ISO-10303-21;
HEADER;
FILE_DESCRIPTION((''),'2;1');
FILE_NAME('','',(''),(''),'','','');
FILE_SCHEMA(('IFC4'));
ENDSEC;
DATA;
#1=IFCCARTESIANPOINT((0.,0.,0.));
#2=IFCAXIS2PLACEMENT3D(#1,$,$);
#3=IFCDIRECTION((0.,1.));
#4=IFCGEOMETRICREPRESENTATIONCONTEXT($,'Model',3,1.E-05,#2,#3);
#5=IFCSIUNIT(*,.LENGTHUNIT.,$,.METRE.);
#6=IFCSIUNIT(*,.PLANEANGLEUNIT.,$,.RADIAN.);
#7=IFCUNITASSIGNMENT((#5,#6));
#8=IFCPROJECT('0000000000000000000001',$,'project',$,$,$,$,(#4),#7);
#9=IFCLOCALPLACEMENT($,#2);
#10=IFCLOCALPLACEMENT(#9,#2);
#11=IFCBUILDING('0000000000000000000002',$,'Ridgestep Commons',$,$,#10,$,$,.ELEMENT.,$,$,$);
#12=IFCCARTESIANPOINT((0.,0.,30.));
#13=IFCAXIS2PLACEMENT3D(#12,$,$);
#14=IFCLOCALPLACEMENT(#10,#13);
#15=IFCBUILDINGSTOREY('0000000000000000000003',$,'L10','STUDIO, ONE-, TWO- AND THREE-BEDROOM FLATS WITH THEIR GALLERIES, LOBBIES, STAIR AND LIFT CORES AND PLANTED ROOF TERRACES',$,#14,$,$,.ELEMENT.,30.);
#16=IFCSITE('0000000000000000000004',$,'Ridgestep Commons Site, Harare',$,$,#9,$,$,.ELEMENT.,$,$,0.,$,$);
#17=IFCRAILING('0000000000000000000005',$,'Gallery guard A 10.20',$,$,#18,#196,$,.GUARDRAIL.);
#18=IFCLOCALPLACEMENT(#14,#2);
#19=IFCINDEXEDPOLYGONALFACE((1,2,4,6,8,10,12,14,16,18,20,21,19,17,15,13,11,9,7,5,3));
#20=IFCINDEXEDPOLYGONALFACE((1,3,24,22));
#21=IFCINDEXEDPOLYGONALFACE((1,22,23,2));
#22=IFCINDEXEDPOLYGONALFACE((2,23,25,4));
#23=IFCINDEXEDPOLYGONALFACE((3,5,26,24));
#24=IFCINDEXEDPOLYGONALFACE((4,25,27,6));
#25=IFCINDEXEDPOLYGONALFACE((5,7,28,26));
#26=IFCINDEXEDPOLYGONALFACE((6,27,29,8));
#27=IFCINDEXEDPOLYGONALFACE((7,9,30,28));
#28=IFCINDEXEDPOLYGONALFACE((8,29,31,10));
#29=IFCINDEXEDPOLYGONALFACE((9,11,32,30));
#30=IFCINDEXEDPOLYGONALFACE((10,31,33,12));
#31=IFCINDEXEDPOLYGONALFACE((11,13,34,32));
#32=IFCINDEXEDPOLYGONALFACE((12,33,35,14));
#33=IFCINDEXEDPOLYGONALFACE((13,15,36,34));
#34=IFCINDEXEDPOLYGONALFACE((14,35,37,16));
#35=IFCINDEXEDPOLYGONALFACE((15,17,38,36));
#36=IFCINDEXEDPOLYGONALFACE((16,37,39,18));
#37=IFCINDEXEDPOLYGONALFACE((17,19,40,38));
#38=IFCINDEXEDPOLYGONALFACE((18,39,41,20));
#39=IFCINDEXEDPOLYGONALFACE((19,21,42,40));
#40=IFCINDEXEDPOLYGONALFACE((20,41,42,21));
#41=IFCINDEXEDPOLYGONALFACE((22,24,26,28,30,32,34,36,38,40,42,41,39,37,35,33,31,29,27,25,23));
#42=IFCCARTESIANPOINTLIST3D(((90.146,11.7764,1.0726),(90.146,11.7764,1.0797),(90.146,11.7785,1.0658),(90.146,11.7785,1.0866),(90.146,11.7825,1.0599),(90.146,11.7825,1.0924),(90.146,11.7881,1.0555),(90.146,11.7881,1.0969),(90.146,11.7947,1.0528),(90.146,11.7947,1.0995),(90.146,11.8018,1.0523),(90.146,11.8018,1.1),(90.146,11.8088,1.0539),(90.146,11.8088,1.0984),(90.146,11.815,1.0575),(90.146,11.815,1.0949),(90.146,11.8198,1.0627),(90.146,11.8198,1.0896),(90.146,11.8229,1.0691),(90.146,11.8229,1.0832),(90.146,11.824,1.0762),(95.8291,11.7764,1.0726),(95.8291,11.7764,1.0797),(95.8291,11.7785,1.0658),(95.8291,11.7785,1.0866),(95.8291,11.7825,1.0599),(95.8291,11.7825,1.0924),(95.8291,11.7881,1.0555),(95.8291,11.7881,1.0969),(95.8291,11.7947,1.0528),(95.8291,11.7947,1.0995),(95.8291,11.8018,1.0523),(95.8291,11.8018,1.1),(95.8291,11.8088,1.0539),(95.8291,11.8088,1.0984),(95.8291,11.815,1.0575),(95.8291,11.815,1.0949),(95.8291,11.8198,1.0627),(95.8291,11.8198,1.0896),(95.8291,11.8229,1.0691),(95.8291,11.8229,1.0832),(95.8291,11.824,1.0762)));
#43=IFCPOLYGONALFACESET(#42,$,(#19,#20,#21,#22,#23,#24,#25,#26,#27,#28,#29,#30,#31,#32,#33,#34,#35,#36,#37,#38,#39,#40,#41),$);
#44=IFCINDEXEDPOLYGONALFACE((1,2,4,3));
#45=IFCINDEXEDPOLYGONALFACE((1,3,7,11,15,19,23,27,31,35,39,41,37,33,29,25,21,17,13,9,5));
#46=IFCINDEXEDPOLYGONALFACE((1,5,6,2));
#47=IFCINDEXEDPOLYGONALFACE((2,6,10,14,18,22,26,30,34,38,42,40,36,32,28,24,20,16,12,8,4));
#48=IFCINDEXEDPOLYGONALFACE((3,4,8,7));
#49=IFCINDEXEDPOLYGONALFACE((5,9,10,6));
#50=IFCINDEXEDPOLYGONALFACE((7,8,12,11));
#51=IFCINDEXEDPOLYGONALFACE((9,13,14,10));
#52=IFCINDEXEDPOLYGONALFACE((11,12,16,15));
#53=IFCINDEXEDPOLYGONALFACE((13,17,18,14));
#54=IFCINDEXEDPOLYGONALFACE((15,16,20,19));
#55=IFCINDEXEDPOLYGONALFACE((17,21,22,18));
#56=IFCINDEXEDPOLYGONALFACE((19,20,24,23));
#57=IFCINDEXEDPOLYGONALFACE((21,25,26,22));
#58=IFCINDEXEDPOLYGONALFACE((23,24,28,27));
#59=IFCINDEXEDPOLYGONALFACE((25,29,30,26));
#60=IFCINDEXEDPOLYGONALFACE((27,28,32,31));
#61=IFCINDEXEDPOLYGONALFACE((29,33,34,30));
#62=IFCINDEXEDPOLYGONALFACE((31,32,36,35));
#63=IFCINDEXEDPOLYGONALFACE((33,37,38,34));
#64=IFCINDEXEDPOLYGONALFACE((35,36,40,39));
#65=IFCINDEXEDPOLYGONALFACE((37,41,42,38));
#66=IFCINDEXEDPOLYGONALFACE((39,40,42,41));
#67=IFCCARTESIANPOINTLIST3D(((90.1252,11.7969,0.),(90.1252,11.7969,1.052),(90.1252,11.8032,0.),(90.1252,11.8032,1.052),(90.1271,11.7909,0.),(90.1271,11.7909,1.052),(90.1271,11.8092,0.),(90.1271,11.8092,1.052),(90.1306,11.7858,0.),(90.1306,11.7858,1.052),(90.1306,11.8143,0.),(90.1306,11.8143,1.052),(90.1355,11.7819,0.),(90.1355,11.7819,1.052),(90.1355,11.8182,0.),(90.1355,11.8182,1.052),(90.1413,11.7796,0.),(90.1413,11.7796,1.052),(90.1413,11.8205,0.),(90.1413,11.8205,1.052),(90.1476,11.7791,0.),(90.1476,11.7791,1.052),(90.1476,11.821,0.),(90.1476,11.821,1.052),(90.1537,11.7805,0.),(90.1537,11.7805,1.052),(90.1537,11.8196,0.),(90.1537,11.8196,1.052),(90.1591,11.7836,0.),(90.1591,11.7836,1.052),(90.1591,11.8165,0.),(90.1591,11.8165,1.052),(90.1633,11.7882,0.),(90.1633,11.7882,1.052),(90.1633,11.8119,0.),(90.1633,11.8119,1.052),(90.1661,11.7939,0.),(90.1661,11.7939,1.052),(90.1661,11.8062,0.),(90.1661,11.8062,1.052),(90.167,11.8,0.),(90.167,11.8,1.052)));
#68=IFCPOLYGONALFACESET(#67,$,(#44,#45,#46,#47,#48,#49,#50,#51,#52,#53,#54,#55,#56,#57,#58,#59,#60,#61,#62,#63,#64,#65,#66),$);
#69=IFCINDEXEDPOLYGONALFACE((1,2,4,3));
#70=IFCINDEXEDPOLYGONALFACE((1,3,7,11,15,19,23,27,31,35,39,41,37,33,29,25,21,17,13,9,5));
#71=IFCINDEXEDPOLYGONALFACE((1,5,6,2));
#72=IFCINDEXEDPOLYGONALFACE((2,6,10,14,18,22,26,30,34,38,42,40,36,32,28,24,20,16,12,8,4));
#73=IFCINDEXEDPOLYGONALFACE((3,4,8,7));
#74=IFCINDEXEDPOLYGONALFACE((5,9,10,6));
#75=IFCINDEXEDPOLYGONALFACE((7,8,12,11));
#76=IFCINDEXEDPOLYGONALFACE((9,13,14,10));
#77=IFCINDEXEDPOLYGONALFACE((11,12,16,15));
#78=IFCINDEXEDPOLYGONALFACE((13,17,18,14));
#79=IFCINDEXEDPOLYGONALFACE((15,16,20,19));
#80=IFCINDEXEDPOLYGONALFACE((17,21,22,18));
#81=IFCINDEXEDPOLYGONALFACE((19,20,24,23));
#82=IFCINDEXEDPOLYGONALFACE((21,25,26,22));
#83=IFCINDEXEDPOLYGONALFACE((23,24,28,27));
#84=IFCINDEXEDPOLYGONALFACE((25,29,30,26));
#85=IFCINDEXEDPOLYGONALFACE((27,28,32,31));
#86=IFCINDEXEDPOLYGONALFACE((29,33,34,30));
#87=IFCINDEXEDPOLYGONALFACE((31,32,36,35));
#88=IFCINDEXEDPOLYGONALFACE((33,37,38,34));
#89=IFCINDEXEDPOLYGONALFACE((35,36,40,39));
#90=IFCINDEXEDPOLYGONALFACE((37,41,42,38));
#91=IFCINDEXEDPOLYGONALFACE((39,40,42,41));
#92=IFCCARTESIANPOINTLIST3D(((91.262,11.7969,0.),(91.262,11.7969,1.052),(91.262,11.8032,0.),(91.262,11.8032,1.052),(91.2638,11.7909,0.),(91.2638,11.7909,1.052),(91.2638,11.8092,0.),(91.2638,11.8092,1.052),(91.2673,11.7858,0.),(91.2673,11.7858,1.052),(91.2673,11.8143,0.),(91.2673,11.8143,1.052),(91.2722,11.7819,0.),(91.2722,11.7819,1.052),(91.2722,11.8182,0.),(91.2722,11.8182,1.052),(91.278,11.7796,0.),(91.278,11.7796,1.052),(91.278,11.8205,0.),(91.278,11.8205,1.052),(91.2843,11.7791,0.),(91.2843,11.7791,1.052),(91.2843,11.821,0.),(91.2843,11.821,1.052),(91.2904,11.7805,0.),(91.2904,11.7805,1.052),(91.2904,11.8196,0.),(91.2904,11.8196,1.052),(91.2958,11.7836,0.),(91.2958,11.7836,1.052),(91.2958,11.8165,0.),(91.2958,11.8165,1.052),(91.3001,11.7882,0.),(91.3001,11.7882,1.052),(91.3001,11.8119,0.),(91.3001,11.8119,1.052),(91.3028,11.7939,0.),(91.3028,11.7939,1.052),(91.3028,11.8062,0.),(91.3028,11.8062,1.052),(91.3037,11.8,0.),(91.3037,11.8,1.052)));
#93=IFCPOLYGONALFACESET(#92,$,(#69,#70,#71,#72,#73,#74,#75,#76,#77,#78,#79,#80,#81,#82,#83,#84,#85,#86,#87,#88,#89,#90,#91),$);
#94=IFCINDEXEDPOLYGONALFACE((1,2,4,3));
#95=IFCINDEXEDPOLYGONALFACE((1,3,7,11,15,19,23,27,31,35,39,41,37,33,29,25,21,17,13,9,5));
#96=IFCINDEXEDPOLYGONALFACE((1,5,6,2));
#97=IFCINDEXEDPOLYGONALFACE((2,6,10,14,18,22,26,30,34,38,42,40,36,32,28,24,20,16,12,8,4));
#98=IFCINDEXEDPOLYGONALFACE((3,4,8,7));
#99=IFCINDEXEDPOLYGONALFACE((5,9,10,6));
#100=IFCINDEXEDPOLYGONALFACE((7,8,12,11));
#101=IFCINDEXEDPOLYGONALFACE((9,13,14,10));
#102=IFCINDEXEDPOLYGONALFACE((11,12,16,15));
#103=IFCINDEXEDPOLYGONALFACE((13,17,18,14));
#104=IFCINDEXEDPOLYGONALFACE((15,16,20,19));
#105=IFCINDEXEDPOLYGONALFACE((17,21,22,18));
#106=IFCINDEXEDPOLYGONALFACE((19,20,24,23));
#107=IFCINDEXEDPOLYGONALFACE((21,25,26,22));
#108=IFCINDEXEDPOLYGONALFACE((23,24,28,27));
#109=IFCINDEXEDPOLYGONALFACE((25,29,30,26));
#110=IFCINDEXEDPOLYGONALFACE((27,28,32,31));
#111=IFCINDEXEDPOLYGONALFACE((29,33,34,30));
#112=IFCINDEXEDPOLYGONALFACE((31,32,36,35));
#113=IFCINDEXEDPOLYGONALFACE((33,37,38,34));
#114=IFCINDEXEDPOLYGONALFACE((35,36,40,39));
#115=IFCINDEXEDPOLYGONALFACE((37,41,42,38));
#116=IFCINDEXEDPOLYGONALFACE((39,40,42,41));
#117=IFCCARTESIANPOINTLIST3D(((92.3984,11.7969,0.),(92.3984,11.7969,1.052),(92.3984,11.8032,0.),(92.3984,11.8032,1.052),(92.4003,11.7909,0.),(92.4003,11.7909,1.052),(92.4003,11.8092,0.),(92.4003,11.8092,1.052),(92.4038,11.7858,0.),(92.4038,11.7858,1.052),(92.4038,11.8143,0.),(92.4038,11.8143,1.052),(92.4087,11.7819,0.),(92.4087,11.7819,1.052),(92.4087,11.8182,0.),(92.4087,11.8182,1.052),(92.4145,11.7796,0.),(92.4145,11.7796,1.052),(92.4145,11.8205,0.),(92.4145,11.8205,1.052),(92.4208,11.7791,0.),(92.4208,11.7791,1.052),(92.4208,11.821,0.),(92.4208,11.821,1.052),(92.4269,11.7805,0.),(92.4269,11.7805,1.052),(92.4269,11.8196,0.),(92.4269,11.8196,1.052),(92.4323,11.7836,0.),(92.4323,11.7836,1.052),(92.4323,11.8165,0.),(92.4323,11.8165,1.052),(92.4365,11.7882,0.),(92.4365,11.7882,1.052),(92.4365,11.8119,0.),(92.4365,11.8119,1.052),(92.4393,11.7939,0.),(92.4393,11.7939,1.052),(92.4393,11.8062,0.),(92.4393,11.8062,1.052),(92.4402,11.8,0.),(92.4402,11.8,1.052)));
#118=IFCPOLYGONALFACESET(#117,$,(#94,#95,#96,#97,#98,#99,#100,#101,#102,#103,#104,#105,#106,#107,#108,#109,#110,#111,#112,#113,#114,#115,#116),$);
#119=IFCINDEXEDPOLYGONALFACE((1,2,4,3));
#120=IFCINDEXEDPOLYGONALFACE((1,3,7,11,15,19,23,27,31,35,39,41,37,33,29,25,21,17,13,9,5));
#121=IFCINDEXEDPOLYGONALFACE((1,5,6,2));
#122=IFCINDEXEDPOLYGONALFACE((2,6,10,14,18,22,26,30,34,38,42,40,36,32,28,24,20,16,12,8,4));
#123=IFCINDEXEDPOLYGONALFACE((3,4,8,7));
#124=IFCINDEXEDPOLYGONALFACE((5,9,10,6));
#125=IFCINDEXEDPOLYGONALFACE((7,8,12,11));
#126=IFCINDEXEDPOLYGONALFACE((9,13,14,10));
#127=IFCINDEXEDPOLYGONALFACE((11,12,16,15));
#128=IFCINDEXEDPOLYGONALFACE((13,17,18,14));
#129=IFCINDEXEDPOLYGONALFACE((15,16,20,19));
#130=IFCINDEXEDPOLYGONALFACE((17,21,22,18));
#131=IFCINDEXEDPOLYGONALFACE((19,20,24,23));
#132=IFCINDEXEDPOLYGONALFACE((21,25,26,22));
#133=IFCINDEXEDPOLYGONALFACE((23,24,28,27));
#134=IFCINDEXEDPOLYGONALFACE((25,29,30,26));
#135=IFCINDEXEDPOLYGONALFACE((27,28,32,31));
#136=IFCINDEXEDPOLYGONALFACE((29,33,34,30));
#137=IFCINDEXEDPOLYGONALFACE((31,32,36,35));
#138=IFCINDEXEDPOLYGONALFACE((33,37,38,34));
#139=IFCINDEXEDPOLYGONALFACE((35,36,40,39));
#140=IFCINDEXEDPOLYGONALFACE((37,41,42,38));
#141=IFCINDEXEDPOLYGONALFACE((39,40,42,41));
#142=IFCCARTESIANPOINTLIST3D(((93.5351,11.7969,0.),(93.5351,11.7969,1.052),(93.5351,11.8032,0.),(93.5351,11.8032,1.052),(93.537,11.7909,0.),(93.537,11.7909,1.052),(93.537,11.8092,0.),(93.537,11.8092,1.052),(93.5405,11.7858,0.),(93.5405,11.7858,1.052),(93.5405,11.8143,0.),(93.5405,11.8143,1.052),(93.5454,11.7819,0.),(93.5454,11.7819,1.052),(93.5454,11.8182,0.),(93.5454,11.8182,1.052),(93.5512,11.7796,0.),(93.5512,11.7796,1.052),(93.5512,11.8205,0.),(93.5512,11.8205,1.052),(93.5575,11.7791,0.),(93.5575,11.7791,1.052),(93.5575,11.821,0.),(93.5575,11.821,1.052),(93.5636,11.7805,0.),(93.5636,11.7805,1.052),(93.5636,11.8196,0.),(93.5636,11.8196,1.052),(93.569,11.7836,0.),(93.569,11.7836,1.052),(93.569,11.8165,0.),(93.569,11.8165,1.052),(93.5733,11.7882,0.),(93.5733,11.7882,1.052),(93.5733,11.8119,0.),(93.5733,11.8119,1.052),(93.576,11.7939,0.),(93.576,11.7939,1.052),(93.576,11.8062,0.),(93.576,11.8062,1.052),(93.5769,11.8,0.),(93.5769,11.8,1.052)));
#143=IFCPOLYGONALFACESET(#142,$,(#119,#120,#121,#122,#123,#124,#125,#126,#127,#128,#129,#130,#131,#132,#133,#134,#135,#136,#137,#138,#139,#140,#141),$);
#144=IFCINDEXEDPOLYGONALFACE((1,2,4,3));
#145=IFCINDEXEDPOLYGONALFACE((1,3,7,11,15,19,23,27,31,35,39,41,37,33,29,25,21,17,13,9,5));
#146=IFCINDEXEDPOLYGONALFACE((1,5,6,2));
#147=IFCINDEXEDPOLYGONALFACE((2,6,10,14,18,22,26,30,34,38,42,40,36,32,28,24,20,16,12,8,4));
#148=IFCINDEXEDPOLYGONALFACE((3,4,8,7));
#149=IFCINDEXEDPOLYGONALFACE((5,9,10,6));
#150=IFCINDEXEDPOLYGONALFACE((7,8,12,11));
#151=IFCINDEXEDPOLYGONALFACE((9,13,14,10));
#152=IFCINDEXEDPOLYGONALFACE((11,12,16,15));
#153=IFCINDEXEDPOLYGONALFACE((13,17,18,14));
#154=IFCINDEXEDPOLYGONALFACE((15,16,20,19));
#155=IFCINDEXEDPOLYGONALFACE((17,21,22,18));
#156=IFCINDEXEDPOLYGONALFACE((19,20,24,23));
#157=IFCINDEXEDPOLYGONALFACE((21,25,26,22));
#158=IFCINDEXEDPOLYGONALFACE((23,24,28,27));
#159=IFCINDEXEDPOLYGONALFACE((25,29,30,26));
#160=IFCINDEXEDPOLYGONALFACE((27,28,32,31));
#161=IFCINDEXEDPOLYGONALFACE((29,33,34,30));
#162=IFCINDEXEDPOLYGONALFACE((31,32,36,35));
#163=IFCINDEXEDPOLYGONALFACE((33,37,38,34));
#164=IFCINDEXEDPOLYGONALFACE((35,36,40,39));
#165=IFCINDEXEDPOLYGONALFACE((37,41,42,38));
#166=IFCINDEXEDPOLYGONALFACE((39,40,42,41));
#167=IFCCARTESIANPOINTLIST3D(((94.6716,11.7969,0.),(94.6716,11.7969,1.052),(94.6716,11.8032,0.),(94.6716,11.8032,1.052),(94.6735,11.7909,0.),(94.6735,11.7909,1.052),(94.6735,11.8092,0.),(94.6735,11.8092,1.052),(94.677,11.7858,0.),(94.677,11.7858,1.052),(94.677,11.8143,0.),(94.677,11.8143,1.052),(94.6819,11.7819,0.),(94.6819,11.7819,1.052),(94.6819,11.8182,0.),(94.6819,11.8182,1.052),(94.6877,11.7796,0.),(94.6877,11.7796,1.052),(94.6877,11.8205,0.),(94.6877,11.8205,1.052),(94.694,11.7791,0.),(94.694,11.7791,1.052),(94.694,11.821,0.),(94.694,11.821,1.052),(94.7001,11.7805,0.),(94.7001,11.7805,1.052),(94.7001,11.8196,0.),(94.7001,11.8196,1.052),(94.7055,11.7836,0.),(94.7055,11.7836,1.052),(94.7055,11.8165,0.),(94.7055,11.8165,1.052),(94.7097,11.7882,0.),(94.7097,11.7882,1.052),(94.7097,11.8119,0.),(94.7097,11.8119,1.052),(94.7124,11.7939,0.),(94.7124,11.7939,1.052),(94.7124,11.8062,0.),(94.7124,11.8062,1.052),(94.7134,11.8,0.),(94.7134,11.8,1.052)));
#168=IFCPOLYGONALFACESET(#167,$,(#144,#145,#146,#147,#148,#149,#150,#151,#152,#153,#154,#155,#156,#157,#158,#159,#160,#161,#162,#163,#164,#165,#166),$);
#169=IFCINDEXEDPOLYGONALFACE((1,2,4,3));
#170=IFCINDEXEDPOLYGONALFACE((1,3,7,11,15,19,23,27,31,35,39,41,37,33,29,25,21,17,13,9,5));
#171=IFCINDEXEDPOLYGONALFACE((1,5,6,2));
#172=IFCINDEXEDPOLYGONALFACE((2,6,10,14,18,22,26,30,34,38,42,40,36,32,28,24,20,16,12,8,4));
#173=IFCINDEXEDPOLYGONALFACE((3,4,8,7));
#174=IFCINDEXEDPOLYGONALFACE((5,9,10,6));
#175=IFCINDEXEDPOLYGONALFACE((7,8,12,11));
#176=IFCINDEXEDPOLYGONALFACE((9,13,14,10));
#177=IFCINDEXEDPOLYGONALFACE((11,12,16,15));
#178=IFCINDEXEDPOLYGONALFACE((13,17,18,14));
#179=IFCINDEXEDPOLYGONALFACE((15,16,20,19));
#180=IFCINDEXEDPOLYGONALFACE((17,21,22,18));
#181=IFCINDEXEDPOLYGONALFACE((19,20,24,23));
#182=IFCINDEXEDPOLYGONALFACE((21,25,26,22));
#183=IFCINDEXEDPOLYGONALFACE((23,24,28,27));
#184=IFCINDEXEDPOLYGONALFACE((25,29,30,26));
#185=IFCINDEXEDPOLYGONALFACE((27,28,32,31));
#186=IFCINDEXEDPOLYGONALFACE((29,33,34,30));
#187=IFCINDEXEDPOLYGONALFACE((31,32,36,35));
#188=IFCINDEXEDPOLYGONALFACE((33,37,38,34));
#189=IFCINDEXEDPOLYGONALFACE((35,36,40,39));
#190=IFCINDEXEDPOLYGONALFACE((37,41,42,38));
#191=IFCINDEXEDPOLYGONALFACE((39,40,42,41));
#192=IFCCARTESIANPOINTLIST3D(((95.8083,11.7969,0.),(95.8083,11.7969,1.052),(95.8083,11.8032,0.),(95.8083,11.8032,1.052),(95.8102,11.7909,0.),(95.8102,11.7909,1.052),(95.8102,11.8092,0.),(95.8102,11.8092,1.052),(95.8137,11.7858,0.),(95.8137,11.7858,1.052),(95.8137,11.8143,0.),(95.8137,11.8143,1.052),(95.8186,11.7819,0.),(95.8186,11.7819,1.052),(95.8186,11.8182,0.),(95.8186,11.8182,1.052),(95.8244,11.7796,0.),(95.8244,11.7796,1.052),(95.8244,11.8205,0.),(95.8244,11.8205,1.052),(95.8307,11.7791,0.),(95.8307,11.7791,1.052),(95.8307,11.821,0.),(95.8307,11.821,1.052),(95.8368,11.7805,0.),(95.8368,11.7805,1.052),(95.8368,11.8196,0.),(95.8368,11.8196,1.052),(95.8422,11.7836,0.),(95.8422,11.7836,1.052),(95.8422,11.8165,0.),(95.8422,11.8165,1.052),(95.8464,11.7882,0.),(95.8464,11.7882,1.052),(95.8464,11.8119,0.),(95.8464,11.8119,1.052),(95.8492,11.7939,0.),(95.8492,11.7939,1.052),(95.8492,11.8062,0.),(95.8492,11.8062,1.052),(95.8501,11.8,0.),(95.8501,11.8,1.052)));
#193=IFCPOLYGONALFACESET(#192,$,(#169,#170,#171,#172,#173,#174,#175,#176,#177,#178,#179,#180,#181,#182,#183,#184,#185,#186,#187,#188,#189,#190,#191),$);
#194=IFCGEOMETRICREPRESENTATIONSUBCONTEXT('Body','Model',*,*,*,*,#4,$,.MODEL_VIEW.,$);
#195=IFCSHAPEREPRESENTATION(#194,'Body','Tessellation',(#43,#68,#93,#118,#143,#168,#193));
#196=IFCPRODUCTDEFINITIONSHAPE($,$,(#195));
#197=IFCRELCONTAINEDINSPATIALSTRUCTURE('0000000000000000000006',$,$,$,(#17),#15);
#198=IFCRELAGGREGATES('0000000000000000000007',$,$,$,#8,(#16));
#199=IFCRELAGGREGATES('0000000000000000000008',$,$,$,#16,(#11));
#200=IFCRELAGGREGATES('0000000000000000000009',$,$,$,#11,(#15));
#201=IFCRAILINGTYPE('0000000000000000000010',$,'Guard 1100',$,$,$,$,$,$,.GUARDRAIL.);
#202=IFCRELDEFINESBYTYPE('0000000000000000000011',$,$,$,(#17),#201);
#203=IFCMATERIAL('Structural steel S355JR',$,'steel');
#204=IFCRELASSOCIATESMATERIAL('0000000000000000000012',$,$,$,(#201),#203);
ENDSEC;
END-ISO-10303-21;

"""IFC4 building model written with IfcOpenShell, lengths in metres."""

from ifc_helpers import new_model, si_unit, direction, frame, origin, origin_2d, place, context, subcontext, project, spatial, circle, extrude, material, type_object, element, save


model = new_model("IFC4")

# Units and contexts
model_context = context("Model", 3, precision=1e-05, world=origin(), true_north=direction((0.0, 1.0)))
body_context = subcontext(model_context, "Body", "Model", "MODEL_VIEW")
ifc_project = project(units=[si_unit("LENGTHUNIT", "METRE"), si_unit("PLANEANGLEUNIT", "RADIAN")], contexts=[model_context])

# Site, building, storey
site_placement = place(None, origin())
site = spatial("IfcSite", under=ifc_project, at=site_placement, Name="Ridgestep Commons Site, Harare", CompositionType="ELEMENT", RefElevation=0.0)
building_placement = place(site_placement, origin())
building = spatial("IfcBuilding", under=site, at=building_placement, Name="Ridgestep Commons", CompositionType="ELEMENT")
storey_placement = place(building_placement, frame((0.0, 0.0, 30.0)))
storey = spatial("IfcBuildingStorey", under=building, at=storey_placement, Name="L10", Description="STUDIO, ONE-, TWO- AND THREE-BEDROOM FLATS WITH THEIR GALLERIES, LOBBIES, STAIR AND LIFT CORES AND PLANTED ROOF TERRACES", CompositionType="ELEMENT", Elevation=30.0)

# Railing
ifc_material_1 = material(Name="Structural steel S355JR", Category="steel")
railing_type_1 = type_object("IfcRailingType", Name="Guard 1100", PredefinedType="GUARDRAIL", material=ifc_material_1)
for number, where, name in (
    (1, (90.146, 11.8, 0.0), "Gallery guard A 10.20"),
):
    element("IfcRailing", number, at=place(storey_placement, frame(where)), inside=storey, type_object=railing_type_1, Name=name, PredefinedType="GUARDRAIL", context=body_context, shape_type="SweptSolid", body=[
        extrude(circle(Radius=0.0239, at=origin_2d()), frame((0.0, 0.0, 1.0762), z_axis=(1.0, 0.0, 0.0), x_axis=(0.0, 1.0, 0.0)), (0.0, 0.0, 1.0), 5.6831),
        extrude(circle(Radius=0.021, at=origin_2d()), origin(), (0.0, 0.0, 1.0), 1.052),
        extrude(circle(Radius=0.021, at=origin_2d()), frame((1.1367, 0.0, 0.0)), (0.0, 0.0, 1.0), 1.052),
        extrude(circle(Radius=0.021, at=origin_2d()), frame((2.2732, 0.0, 0.0)), (0.0, 0.0, 1.0), 1.052),
        extrude(circle(Radius=0.021, at=origin_2d()), frame((3.4099, 0.0, 0.0)), (0.0, 0.0, 1.0), 1.052),
        extrude(circle(Radius=0.021, at=origin_2d()), frame((4.5464, 0.0, 0.0)), (0.0, 0.0, 1.0), 1.052),
        extrude(circle(Radius=0.021, at=origin_2d()), frame((5.6831, 0.0, 0.0)), (0.0, 0.0, 1.0), 1.052),
    ])

save(model, "model.ifc")
